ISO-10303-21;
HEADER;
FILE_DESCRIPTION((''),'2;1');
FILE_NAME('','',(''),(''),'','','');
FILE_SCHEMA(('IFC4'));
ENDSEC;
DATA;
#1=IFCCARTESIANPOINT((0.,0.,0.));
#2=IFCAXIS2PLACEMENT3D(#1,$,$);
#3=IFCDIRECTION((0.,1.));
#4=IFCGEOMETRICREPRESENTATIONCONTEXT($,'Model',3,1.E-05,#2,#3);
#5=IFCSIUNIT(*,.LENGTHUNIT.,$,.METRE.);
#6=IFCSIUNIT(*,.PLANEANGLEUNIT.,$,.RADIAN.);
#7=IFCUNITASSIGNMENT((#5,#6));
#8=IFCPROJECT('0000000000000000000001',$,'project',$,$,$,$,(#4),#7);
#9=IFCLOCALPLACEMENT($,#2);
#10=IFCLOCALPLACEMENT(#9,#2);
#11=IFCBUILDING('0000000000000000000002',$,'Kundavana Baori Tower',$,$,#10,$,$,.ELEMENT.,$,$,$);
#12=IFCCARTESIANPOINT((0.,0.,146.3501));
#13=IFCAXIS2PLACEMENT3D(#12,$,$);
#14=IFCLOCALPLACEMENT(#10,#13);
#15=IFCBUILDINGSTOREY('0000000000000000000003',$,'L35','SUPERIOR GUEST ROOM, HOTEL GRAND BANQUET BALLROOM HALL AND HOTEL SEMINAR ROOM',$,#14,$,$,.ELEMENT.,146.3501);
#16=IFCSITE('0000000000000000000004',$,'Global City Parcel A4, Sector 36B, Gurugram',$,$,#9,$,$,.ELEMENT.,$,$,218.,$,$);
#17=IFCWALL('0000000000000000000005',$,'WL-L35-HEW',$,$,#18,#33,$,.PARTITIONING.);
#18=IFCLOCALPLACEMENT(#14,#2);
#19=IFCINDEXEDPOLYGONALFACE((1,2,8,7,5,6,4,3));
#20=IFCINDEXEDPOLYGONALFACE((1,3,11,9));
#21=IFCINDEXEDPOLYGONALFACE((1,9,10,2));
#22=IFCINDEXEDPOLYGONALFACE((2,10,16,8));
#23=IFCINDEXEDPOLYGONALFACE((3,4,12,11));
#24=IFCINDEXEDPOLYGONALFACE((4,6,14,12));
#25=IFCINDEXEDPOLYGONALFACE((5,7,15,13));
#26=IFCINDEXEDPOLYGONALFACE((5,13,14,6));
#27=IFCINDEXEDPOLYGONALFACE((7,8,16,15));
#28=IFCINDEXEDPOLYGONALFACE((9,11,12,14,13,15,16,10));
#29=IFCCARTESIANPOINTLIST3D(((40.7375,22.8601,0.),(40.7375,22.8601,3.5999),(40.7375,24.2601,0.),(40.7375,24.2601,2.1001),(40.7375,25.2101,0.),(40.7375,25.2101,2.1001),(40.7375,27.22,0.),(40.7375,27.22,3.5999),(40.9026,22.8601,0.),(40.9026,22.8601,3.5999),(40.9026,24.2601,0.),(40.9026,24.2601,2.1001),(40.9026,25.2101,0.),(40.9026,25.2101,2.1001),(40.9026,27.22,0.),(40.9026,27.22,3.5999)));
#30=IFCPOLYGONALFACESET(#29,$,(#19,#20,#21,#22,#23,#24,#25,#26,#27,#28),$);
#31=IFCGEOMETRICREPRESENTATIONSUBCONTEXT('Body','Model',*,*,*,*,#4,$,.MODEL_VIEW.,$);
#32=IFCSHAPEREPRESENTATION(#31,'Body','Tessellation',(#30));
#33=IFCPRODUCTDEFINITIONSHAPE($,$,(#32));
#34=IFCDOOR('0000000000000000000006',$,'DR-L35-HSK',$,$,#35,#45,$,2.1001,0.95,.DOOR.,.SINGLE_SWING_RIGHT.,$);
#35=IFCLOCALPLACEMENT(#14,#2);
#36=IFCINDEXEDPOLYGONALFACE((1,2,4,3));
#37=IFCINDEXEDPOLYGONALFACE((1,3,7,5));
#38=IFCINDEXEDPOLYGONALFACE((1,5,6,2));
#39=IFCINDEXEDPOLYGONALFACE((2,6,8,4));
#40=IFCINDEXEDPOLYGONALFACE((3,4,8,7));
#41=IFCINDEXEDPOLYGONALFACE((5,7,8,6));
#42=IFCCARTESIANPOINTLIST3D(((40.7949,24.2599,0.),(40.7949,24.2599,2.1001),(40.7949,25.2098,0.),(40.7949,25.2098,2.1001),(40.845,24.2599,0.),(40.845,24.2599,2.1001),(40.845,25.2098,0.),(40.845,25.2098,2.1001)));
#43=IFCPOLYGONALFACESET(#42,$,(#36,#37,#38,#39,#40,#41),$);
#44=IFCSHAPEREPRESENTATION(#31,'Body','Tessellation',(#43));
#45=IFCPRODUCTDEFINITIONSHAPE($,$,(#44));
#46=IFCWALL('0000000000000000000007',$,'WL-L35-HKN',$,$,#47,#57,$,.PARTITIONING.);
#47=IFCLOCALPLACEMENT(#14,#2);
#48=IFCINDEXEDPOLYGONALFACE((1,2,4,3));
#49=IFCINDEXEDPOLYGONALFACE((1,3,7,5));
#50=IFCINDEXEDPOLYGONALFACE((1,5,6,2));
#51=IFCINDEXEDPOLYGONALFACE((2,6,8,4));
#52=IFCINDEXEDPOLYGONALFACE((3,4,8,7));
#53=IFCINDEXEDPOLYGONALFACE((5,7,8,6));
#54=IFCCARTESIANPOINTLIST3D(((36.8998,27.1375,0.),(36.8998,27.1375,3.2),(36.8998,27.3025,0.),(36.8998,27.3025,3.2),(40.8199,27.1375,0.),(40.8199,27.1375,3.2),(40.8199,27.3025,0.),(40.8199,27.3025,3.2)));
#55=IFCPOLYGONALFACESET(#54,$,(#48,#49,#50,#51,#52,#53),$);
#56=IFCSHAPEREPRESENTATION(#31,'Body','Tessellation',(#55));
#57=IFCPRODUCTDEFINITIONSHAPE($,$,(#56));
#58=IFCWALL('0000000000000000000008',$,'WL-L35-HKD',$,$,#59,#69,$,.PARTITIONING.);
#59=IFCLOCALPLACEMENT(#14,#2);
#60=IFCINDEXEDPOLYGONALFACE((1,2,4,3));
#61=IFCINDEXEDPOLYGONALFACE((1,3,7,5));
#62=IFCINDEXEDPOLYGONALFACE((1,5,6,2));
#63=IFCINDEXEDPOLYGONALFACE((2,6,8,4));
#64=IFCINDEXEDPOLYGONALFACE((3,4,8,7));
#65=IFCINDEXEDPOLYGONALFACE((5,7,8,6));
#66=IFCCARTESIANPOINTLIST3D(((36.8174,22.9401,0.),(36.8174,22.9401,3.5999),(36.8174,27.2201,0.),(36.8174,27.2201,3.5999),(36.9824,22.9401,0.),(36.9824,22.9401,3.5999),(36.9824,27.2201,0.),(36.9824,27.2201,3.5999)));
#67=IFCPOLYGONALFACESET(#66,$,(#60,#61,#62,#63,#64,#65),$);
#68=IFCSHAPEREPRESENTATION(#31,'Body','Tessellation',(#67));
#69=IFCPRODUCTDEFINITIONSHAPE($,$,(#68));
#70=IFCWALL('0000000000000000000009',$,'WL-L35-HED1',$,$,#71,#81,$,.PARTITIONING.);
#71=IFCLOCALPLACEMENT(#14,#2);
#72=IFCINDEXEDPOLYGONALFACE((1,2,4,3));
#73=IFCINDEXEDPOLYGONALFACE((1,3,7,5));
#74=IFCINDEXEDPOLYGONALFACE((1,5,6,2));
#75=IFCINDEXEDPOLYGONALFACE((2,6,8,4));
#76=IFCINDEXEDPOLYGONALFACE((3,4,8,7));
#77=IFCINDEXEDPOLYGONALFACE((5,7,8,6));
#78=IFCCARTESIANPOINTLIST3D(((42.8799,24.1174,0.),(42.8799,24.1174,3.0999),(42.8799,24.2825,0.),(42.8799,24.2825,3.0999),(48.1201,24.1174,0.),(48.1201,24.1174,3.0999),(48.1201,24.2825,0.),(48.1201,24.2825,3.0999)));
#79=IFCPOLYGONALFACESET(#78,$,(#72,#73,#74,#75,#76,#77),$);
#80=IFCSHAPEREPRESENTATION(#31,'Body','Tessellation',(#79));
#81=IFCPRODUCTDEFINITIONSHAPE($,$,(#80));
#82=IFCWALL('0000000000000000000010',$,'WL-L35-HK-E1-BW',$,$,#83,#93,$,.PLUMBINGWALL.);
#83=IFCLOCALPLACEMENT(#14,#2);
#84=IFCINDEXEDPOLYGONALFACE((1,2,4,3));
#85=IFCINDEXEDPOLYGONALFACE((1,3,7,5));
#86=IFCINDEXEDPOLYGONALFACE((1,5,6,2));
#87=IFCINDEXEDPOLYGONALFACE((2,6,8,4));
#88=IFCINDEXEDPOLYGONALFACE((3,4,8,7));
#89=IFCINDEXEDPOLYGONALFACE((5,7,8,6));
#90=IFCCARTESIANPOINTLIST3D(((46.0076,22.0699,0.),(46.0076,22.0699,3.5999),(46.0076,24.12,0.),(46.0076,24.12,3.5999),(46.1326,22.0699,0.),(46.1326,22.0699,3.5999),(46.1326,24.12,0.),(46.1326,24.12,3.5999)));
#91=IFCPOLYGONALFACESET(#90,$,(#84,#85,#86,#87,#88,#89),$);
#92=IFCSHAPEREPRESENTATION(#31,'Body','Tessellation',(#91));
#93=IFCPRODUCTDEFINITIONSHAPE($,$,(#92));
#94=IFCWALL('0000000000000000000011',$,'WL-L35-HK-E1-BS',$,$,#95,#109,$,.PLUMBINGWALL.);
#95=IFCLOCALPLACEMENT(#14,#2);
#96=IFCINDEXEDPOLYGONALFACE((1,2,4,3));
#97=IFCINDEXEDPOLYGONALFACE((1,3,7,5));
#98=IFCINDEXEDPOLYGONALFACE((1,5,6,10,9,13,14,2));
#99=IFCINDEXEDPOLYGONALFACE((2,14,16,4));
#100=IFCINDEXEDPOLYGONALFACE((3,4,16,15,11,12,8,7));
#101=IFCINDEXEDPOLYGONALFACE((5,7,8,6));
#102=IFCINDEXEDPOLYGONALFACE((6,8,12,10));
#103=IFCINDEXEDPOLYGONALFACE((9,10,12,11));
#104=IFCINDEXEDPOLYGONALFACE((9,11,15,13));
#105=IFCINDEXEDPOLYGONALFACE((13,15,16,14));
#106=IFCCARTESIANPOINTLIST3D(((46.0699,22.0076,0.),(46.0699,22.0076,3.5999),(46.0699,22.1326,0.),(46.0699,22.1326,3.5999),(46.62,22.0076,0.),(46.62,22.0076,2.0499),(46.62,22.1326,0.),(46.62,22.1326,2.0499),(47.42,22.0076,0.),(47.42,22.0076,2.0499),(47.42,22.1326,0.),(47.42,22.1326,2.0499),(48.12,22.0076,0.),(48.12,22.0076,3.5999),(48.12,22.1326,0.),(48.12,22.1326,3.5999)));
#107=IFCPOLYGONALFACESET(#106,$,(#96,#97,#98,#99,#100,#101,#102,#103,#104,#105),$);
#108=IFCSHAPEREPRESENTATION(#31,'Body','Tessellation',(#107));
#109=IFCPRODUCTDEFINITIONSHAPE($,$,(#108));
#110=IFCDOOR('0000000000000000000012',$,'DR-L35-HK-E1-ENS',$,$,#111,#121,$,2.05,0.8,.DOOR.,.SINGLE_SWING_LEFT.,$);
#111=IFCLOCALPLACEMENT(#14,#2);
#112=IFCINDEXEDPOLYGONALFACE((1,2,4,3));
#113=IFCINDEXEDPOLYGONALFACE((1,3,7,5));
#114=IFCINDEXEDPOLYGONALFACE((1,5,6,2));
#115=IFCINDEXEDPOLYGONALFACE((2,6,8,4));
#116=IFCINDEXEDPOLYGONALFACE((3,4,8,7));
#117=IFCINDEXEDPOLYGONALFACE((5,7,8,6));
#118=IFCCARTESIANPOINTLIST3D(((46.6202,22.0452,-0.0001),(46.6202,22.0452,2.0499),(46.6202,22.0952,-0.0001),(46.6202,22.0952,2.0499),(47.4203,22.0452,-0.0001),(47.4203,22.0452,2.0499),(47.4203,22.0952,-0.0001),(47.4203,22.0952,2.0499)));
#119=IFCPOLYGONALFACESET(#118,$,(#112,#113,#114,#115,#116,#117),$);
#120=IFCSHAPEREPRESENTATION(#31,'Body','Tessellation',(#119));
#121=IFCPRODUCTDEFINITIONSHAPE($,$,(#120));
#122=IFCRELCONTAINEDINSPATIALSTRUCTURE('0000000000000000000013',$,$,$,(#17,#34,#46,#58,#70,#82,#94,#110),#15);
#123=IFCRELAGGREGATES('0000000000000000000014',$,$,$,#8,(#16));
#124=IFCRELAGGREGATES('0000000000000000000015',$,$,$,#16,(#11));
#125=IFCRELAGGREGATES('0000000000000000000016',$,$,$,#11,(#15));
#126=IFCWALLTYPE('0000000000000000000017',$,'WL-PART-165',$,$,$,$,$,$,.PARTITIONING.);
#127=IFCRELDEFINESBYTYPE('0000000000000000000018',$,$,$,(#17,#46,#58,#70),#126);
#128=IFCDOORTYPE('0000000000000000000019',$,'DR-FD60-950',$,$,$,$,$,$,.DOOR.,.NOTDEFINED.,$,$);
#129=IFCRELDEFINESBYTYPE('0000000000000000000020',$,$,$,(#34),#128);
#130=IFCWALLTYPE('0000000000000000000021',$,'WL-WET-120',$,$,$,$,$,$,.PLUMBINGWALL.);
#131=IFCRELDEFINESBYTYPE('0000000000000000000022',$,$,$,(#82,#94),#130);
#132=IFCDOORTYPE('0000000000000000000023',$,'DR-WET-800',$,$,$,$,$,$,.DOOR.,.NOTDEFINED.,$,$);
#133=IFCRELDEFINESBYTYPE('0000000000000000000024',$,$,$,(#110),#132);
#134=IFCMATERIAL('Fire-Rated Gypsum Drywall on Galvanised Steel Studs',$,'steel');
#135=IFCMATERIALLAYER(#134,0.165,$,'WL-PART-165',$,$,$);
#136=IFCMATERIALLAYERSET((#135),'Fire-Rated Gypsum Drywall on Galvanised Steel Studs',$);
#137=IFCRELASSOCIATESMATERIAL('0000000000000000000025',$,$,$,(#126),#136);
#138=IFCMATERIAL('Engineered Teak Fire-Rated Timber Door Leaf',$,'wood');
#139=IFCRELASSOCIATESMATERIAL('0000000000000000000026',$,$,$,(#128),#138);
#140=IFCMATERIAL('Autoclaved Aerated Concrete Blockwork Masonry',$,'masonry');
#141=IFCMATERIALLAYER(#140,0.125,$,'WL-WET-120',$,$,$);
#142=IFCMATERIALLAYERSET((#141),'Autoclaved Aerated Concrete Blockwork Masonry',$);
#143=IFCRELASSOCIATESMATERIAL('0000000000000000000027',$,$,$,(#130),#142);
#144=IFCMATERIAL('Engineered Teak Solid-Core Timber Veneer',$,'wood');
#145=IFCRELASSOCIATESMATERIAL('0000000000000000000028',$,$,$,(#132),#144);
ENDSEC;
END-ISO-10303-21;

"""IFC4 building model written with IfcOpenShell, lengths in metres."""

from ifc_helpers import new_model, si_unit, direction, frame, frame_2d, origin, place, context, subcontext, project, spatial, rectangle, extrude, material, layer, layer_set, type_object, element, fill, save


model = new_model("IFC4")

# Units and contexts
model_context = context("Model", 3, precision=1e-05, world=origin(), true_north=direction((0.0, 1.0)))
body_context = subcontext(model_context, "Body", "Model", "MODEL_VIEW")
ifc_project = project(units=[si_unit("LENGTHUNIT", "METRE"), si_unit("PLANEANGLEUNIT", "RADIAN")], contexts=[model_context])

# Site, building, storey
site_placement = place(None, origin())
site = spatial("IfcSite", under=ifc_project, at=site_placement, Name="Global City Parcel A4, Sector 36B, Gurugram", CompositionType="ELEMENT", RefElevation=218.0)
building_placement = place(site_placement, origin())
building = spatial("IfcBuilding", under=site, at=building_placement, Name="Kundavana Baori Tower", CompositionType="ELEMENT")
storey_placement = place(building_placement, frame((0.0, 0.0, 146.3501)))
storey = spatial("IfcBuildingStorey", under=building, at=storey_placement, Name="L35", Description="SUPERIOR GUEST ROOM, HOTEL GRAND BANQUET BALLROOM HALL AND HOTEL SEMINAR ROOM", CompositionType="ELEMENT", Elevation=146.3501)

# Shared definitions
ifc_material_1 = material(Name="Fire-Rated Gypsum Drywall on Galvanised Steel Studs", Category="steel")
ifc_layer_1 = layer(ifc_material_1, 0.165, Name="WL-PART-165")
ifc_layer_set_1 = layer_set([ifc_layer_1], Name="Fire-Rated Gypsum Drywall on Galvanised Steel Studs")
wall_type_1 = type_object("IfcWallType", Name="WL-PART-165", PredefinedType="PARTITIONING", material=ifc_layer_set_1)
ifc_material_2 = material(Name="Engineered Teak Fire-Rated Timber Door Leaf", Category="wood")
door_type_1 = type_object("IfcDoorType", Name="DR-FD60-950", OperationType="NOTDEFINED", PredefinedType="DOOR", material=ifc_material_2)

# Wall, opening, door
wall_1_placement = place(storey_placement, frame((40.8201, 22.8601, 0.0), z_axis=(0.0, 0.0, 1.0), x_axis=(0.0, 1.0, 0.0)))
wall_1 = element("IfcWall", 1, at=wall_1_placement, inside=storey, type_object=wall_type_1, Name="WL-L35-HEW", PredefinedType="PARTITIONING", context=body_context, shape_type="SweptSolid", body=[
    extrude(rectangle(XDim=4.3599, YDim=0.165, at=frame_2d((2.1799, 0.0))), origin(), (0.0, 0.0, 1.0), 3.5999),
])
opening_1_placement = place(wall_1_placement, frame((1.3999, 0.0, 0.0)))
opening_1 = element("IfcOpeningElement", 2, at=opening_1_placement, cuts=wall_1, PredefinedType="OPENING", context=body_context, shape_type="SweptSolid", body=[
    extrude(rectangle(XDim=0.95, YDim=2.1001, at=frame_2d((0.4751, 1.05))), frame((0.0, 0.0925, 0.0), z_axis=(0.0, -1.0, 0.0), x_axis=(1.0, 0.0, 0.0)), (0.0, 0.0, 1.0), 0.1851),
])
door_1_placement = place(opening_1_placement, frame((0.95, 0.0, 0.0), z_axis=(0.0, 0.0, 1.0), x_axis=(-1.0, 0.0, 0.0)))
door_1 = element("IfcDoor", 3, at=door_1_placement, inside=storey, type_object=door_type_1, Name="DR-L35-HSK", OperationType="SINGLE_SWING_RIGHT", OverallHeight=2.1001, OverallWidth=0.95, PredefinedType="DOOR", context=body_context, shape_type="SweptSolid", body=[
    extrude(rectangle(XDim=0.95, YDim=2.1001, at=frame_2d((0.4751, 1.05))), frame((0.0, 0.0249, 0.0), z_axis=(0.0, -1.0, 0.0), x_axis=(1.0, 0.0, 0.0)), (0.0, 0.0, 1.0), 0.05),
])
fill(opening_1, door_1)

# Walls
wall_2_placement = place(storey_placement, frame((36.8999, 27.22, 0.0), z_axis=(0.0, 0.0, 1.0), x_axis=(1.0, 0.0, 0.0)))
element("IfcWall", 4, at=wall_2_placement, inside=storey, type_object=wall_type_1, Name="WL-L35-HKN", PredefinedType="PARTITIONING", context=body_context, shape_type="SweptSolid", body=[
    extrude(rectangle(XDim=3.9202, YDim=0.165, at=frame_2d((1.96, 0.0))), origin(), (0.0, 0.0, 1.0), 3.2),
])
wall_3_placement = place(storey_placement, frame((36.8999, 22.9399, 0.0), z_axis=(0.0, 0.0, 1.0), x_axis=(0.0, 1.0, 0.0)))
element("IfcWall", 5, at=wall_3_placement, inside=storey, type_object=wall_type_1, Name="WL-L35-HKD", PredefinedType="PARTITIONING", context=body_context, shape_type="SweptSolid", body=[
    extrude(rectangle(XDim=4.28, YDim=0.165, at=frame_2d((2.1401, 0.0))), origin(), (0.0, 0.0, 1.0), 3.5999),
])
wall_4_placement = place(storey_placement, frame((42.8799, 24.2, 0.0), z_axis=(0.0, 0.0, 1.0), x_axis=(1.0, 0.0, 0.0)))
element("IfcWall", 6, at=wall_4_placement, inside=storey, type_object=wall_type_1, Name="WL-L35-HED1", PredefinedType="PARTITIONING", context=body_context, shape_type="SweptSolid", body=[
    extrude(rectangle(XDim=5.2402, YDim=0.165, at=frame_2d((2.6201, 0.0))), origin(), (0.0, 0.0, 1.0), 3.0999),
])
ifc_material_3 = material(Name="Autoclaved Aerated Concrete Blockwork Masonry", Category="masonry")
ifc_layer_2 = layer(ifc_material_3, 0.125, Name="WL-WET-120")
ifc_layer_set_2 = layer_set([ifc_layer_2], Name="Autoclaved Aerated Concrete Blockwork Masonry")
wall_type_2 = type_object("IfcWallType", Name="WL-WET-120", PredefinedType="PLUMBINGWALL", material=ifc_layer_set_2)
wall_5_placement = place(storey_placement, frame((46.0701, 22.0701, 0.0), z_axis=(0.0, 0.0, 1.0), x_axis=(0.0, 1.0, 0.0)))
element("IfcWall", 7, at=wall_5_placement, inside=storey, type_object=wall_type_2, Name="WL-L35-HK-E1-BW", PredefinedType="PLUMBINGWALL", context=body_context, shape_type="SweptSolid", body=[
    extrude(rectangle(XDim=2.05, YDim=0.125, at=frame_2d((1.0249, 0.0))), origin(), (0.0, 0.0, 1.0), 3.5999),
])

# Wall, opening, door
wall_6_placement = place(storey_placement, frame((46.0701, 22.0701, 0.0), z_axis=(0.0, 0.0, 1.0), x_axis=(1.0, 0.0, 0.0)))
wall_6 = element("IfcWall", 8, at=wall_6_placement, inside=storey, type_object=wall_type_2, Name="WL-L35-HK-E1-BS", PredefinedType="PLUMBINGWALL", context=body_context, shape_type="SweptSolid", body=[
    extrude(rectangle(XDim=2.05, YDim=0.125, at=frame_2d((1.0249, 0.0))), origin(), (0.0, 0.0, 1.0), 3.5999),
])
opening_2_placement = place(wall_6_placement, frame((0.55, 0.0, 0.0)))
opening_2 = element("IfcOpeningElement", 9, at=opening_2_placement, cuts=wall_6, PredefinedType="OPENING", context=body_context, shape_type="SweptSolid", body=[
    extrude(rectangle(XDim=0.8, YDim=2.05, at=frame_2d((0.3999, 1.0249))), frame((0.0, 0.0725, 0.0), z_axis=(0.0, -1.0, 0.0), x_axis=(1.0, 0.0, 0.0)), (0.0, 0.0, 1.0), 0.145),
])
ifc_material_4 = material(Name="Engineered Teak Solid-Core Timber Veneer", Category="wood")
door_type_2 = type_object("IfcDoorType", Name="DR-WET-800", OperationType="NOTDEFINED", PredefinedType="DOOR", material=ifc_material_4)
door_2_placement = place(opening_2_placement, frame((0.8, 0.0, 0.0), z_axis=(0.0, 0.0, 1.0), x_axis=(-1.0, 0.0, 0.0)))
door_2 = element("IfcDoor", 10, at=door_2_placement, inside=storey, type_object=door_type_2, Name="DR-L35-HK-E1-ENS", OperationType="SINGLE_SWING_LEFT", OverallHeight=2.05, OverallWidth=0.8, PredefinedType="DOOR", context=body_context, shape_type="SweptSolid", body=[
    extrude(rectangle(XDim=0.8, YDim=2.05, at=frame_2d((0.3999, 1.0249))), frame((0.0, 0.0249, 0.0), z_axis=(0.0, -1.0, 0.0), x_axis=(1.0, 0.0, 0.0)), (0.0, 0.0, 1.0), 0.05),
])
fill(opening_2, door_2)

save(model, "model.ifc")
